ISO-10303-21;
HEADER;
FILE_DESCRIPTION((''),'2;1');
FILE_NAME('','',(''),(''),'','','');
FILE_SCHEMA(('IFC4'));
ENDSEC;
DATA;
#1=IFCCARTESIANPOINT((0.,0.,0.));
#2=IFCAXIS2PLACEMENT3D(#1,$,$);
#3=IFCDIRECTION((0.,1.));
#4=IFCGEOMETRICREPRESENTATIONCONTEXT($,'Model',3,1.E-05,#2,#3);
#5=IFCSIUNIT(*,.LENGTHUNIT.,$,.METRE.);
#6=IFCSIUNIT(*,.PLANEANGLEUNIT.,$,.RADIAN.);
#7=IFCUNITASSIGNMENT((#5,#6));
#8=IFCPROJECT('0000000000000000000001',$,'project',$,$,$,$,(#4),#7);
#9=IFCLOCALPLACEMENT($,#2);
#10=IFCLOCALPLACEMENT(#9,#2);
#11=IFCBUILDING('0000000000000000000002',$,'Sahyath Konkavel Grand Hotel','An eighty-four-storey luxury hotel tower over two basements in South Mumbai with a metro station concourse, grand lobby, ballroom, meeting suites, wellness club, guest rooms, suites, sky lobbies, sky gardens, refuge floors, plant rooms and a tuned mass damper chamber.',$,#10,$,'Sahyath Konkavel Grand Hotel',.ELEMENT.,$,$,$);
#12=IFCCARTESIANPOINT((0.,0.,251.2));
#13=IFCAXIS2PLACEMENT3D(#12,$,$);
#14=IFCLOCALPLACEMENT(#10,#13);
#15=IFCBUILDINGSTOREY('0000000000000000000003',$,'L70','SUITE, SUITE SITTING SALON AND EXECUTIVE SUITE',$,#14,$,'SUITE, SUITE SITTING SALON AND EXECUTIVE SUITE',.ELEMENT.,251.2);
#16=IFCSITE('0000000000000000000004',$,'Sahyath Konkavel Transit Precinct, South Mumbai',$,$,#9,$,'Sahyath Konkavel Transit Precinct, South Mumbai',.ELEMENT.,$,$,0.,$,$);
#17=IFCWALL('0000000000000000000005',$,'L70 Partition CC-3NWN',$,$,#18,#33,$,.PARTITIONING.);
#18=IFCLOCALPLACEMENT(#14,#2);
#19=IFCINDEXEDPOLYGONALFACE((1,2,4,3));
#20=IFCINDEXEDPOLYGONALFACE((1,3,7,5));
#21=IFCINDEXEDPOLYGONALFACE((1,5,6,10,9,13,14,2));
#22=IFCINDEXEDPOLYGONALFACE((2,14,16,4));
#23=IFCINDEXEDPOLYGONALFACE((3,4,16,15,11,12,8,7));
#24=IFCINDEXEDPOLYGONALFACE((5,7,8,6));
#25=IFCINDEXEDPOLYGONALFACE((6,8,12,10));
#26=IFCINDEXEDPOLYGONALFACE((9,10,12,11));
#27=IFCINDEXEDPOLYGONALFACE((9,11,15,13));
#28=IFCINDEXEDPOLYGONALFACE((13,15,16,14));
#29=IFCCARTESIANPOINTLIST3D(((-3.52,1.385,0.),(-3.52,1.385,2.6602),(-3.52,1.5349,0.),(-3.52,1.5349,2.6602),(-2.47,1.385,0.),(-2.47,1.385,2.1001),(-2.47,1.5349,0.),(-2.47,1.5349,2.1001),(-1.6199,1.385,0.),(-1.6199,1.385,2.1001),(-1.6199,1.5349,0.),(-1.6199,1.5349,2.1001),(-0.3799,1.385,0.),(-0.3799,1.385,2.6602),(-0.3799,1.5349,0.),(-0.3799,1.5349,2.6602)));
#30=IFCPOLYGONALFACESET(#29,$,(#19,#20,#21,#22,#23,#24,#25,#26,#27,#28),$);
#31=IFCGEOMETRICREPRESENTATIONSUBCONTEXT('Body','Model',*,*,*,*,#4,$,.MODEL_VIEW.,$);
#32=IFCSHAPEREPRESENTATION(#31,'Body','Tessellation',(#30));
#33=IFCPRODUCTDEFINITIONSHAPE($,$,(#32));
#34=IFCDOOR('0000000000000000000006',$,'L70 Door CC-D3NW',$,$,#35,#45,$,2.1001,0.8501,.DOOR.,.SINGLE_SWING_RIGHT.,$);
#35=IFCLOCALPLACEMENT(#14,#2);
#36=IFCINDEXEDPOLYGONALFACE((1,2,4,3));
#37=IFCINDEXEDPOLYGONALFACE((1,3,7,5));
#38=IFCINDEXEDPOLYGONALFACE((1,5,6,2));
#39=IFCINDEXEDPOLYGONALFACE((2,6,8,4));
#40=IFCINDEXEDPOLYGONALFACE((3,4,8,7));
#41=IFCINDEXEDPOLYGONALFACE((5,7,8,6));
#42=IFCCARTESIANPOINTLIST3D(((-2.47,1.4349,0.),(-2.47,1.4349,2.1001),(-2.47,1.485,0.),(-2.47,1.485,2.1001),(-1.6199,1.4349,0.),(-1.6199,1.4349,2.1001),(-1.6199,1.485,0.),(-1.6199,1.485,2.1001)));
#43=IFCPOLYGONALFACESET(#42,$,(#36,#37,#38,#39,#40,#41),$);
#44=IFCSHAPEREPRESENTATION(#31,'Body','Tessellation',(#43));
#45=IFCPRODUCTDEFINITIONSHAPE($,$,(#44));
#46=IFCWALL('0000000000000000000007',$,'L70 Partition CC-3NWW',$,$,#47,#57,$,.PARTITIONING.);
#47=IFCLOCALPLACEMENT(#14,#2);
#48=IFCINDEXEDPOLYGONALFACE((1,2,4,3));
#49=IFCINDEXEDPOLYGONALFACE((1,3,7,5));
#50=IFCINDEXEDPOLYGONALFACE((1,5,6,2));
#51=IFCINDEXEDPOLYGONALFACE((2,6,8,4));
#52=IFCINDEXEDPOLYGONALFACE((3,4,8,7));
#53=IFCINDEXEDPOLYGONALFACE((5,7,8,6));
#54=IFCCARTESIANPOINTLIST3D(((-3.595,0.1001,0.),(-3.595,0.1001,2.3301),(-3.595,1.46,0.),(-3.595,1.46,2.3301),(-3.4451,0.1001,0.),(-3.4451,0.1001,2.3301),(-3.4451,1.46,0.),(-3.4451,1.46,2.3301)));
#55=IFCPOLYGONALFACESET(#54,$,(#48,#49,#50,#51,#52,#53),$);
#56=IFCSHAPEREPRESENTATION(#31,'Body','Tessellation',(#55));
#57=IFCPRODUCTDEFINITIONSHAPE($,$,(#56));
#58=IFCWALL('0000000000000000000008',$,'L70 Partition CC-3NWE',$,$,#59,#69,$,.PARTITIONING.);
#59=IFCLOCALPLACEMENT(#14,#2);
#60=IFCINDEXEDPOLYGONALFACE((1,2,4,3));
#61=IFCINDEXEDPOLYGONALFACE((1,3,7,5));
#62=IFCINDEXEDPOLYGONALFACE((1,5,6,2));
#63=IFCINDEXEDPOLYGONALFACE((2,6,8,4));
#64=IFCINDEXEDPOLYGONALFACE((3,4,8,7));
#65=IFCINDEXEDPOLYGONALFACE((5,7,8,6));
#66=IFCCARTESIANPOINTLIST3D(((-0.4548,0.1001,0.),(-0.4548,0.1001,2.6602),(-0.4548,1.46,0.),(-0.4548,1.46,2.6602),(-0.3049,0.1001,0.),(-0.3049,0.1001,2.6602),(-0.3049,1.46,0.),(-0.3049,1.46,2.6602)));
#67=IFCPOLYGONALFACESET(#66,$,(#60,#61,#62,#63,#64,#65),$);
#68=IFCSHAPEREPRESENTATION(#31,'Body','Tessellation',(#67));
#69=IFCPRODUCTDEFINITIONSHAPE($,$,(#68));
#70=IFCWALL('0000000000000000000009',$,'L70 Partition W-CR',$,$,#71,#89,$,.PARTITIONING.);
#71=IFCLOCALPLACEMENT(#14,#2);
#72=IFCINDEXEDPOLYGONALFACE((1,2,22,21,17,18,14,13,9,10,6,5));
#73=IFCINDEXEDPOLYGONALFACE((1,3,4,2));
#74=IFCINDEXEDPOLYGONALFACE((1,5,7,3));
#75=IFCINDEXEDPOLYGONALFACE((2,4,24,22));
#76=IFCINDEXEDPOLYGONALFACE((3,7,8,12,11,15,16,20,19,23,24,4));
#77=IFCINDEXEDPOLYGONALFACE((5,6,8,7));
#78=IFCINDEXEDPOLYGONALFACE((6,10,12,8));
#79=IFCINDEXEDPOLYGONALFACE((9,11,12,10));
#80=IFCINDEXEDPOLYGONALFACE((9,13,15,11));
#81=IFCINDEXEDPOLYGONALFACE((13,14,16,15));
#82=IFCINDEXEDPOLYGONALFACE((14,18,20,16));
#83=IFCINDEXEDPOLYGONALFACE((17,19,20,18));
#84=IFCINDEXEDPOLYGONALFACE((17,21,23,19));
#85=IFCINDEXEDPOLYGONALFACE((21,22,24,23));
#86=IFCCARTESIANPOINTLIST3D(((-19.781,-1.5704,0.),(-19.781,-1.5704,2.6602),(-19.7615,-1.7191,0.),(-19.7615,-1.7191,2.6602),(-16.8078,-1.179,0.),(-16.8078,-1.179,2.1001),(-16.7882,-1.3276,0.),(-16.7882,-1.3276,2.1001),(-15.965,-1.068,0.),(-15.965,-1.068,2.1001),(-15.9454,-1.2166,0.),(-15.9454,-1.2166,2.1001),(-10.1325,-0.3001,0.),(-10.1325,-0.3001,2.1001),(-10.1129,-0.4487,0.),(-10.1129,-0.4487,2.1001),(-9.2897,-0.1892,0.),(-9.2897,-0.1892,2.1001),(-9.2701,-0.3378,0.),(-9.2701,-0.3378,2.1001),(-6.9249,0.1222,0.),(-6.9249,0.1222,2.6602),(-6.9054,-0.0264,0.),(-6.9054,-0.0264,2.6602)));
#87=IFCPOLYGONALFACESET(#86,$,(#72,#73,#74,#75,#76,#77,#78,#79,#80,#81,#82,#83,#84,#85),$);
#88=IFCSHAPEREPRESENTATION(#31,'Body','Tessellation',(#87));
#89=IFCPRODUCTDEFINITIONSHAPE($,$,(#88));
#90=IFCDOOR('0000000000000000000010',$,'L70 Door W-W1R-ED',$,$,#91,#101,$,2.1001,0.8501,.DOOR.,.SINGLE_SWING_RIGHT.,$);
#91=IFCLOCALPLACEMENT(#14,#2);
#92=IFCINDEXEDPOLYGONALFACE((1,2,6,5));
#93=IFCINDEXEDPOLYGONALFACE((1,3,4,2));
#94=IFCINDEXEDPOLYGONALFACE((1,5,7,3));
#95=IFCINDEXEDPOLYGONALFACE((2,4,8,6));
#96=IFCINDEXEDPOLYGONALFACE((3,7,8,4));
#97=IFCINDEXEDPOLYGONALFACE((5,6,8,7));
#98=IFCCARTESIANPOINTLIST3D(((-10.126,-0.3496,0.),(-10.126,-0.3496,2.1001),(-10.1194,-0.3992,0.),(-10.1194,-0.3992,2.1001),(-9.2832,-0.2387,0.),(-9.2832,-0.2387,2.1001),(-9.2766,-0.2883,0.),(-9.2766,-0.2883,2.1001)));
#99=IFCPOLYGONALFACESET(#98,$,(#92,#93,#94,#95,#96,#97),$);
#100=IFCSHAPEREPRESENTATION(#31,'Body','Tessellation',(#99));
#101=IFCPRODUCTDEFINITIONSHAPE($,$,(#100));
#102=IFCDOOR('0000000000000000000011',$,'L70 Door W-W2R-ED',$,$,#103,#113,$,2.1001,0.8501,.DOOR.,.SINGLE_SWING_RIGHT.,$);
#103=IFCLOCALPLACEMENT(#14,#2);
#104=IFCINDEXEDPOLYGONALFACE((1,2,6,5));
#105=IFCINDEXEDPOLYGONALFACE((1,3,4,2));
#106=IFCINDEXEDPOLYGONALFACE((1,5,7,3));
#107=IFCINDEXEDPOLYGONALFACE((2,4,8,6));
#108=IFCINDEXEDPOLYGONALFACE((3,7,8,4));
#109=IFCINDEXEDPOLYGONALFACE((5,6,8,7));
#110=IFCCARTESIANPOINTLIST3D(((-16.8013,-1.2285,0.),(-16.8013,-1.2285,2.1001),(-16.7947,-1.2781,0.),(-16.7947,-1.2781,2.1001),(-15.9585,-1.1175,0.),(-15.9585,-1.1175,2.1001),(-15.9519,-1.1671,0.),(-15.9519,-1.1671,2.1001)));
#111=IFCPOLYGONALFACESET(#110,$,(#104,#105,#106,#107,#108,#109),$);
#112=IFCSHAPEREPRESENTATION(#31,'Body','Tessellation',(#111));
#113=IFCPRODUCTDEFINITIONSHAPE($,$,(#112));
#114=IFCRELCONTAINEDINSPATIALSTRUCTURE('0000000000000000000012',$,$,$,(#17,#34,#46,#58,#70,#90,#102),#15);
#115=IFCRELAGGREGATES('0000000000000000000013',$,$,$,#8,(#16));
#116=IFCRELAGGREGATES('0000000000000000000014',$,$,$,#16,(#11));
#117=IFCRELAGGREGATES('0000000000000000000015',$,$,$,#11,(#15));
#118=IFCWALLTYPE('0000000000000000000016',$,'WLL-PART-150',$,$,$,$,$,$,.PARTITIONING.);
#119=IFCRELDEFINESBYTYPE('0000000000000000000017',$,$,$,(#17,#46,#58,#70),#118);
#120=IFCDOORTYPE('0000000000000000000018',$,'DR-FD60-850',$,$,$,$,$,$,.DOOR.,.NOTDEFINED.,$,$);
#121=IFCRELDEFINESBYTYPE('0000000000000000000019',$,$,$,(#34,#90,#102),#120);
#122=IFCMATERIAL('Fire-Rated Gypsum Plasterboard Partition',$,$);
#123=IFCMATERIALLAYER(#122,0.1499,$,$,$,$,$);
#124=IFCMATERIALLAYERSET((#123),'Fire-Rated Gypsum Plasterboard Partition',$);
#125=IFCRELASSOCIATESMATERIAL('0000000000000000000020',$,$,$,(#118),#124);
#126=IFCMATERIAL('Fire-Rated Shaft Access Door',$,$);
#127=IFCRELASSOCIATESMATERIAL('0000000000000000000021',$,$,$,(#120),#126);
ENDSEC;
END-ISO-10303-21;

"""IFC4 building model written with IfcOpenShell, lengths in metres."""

from ifc_helpers import new_model, si_unit, direction, frame, frame_2d, origin, origin_2d, place, context, subcontext, project, spatial, rectangle, extrude, source, transform, mapped, material, layer, layer_set, type_object, element, fill, save


model = new_model("IFC4")

# Units and contexts
model_context = context("Model", 3, precision=1e-05, world=origin(), true_north=direction((0.0, 1.0)))
body_context = subcontext(model_context, "Body", "Model", "MODEL_VIEW")
ifc_project = project(units=[si_unit("LENGTHUNIT", "METRE"), si_unit("PLANEANGLEUNIT", "RADIAN")], contexts=[model_context])

# Site, building, storey
site_placement = place(None, origin())
site = spatial("IfcSite", under=ifc_project, at=site_placement, Name="Sahyath Konkavel Transit Precinct, South Mumbai", LongName="Sahyath Konkavel Transit Precinct, South Mumbai", CompositionType="ELEMENT", RefElevation=0.0)
building_placement = place(site_placement, origin())
building = spatial("IfcBuilding", under=site, at=building_placement, Name="Sahyath Konkavel Grand Hotel", Description="An eighty-four-storey luxury hotel tower over two basements in South Mumbai with a metro station concourse, grand lobby, ballroom, meeting suites, wellness club, guest rooms, suites, sky lobbies, sky gardens, refuge floors, plant rooms and a tuned mass damper chamber.", LongName="Sahyath Konkavel Grand Hotel", CompositionType="ELEMENT")
storey_placement = place(building_placement, frame((0.0, 0.0, 251.2)))
storey = spatial("IfcBuildingStorey", under=building, at=storey_placement, Name="L70", Description="SUITE, SUITE SITTING SALON AND EXECUTIVE SUITE", LongName="SUITE, SUITE SITTING SALON AND EXECUTIVE SUITE", CompositionType="ELEMENT", Elevation=251.2)

# Shared definitions
ifc_material_1 = material(Name="Fire-Rated Gypsum Plasterboard Partition")
ifc_layer_1 = layer(ifc_material_1, 0.1499)
ifc_layer_set_1 = layer_set([ifc_layer_1], Name="Fire-Rated Gypsum Plasterboard Partition")
wall_type_1 = type_object("IfcWallType", Name="WLL-PART-150", PredefinedType="PARTITIONING", material=ifc_layer_set_1)

# Wall, opening, door
wall_1_placement = place(storey_placement, frame((-3.52, 1.46, 0.0), z_axis=(0.0, 0.0, 1.0), x_axis=(1.0, 0.0, 0.0)))
wall_1 = element("IfcWall", 1, at=wall_1_placement, inside=storey, type_object=wall_type_1, Name="L70 Partition CC-3NWN", PredefinedType="PARTITIONING", context=body_context, shape_type="SweptSolid", body=[
    extrude(rectangle(XDim=3.1401, YDim=0.1499, at=frame_2d((1.5701, 0.0))), origin(), (0.0, 0.0, 1.0), 2.6602),
])
opening_1_placement = place(wall_1_placement, frame((1.05, 0.0, 0.0)))
opening_1 = element("IfcOpeningElement", 2, at=opening_1_placement, cuts=wall_1, PredefinedType="OPENING", context=body_context, shape_type="SweptSolid", body=[
    extrude(rectangle(XDim=0.8501, YDim=2.1001, at=frame_2d((0.425, 1.05))), frame((0.0, 0.085, 0.0), z_axis=(0.0, -1.0, 0.0), x_axis=(1.0, 0.0, 0.0)), (0.0, 0.0, 1.0), 0.1699),
])
ifc_material_2 = material(Name="Fire-Rated Shaft Access Door")
door_type = type_object("IfcDoorType", Name="DR-FD60-850", OperationType="NOTDEFINED", PredefinedType="DOOR", material=ifc_material_2)
shared_shape_1 = source(origin(), body_context, "Body", "SweptSolid", [
    extrude(rectangle(XDim=0.8501, YDim=0.05, at=origin_2d()), origin(), (0.0, 0.0, 1.0), 2.1001),
])
door_1_placement = place(opening_1_placement, frame((0.425, 0.0, 0.0)))
door_1 = element("IfcDoor", 3, at=door_1_placement, inside=storey, type_object=door_type, Name="L70 Door CC-D3NW", OperationType="SINGLE_SWING_RIGHT", OverallHeight=2.1001, OverallWidth=0.8501, PredefinedType="DOOR", context=body_context, shape_type="MappedRepresentation", body=[
    mapped(shared_shape_1, transform((0.0, 0.0, 0.0), scale=1.0)),
])
fill(opening_1, door_1)

# Walls
wall_2_placement = place(storey_placement, frame((-3.52, 0.1001, 0.0), z_axis=(0.0, 0.0, 1.0), x_axis=(0.0, 1.0, 0.0)))
element("IfcWall", 4, at=wall_2_placement, inside=storey, type_object=wall_type_1, Name="L70 Partition CC-3NWW", PredefinedType="PARTITIONING", context=body_context, shape_type="SweptSolid", body=[
    extrude(rectangle(XDim=1.3599, YDim=0.1499, at=frame_2d((0.6799, 0.0))), origin(), (0.0, 0.0, 1.0), 2.3301),
])
wall_3_placement = place(storey_placement, frame((-0.3799, 0.1001, 0.0), z_axis=(0.0, 0.0, 1.0), x_axis=(0.0, 1.0, 0.0)))
element("IfcWall", 5, at=wall_3_placement, inside=storey, type_object=wall_type_1, Name="L70 Partition CC-3NWE", PredefinedType="PARTITIONING", context=body_context, shape_type="SweptSolid", body=[
    extrude(rectangle(XDim=1.3599, YDim=0.1499, at=frame_2d((0.6799, 0.0))), origin(), (0.0, 0.0, 1.0), 2.6602),
])

# Wall, openings, doors
wall_4_placement = place(storey_placement, frame((-6.9153, 0.0479, 0.0), z_axis=(0.0, 0.0, 1.0), x_axis=(-0.991444, -0.130532, 0.0)))
wall_4 = element("IfcWall", 6, at=wall_4_placement, inside=storey, type_object=wall_type_1, Name="L70 Partition W-CR", PredefinedType="PARTITIONING", context=body_context, shape_type="SweptSolid", body=[
    extrude(rectangle(XDim=12.967, YDim=0.1499, at=frame_2d((6.4834, 0.0))), origin(), (0.0, 0.0, 1.0), 2.6602),
])
opening_2_placement = place(wall_4_placement, frame((2.385, 0.0, 0.0)))
opening_2 = element("IfcOpeningElement", 7, at=opening_2_placement, cuts=wall_4, PredefinedType="OPENING", context=body_context, shape_type="SweptSolid", body=[
    extrude(rectangle(XDim=0.8501, YDim=2.1001, at=frame_2d((0.425, 1.05))), frame((0.0, 0.085, 0.0), z_axis=(0.0, -1.0, 0.0), x_axis=(1.0, 0.0, 0.0)), (0.0, 0.0, 1.0), 0.1699),
])
opening_3_placement = place(wall_4_placement, frame((9.1179, 0.0, 0.0)))
opening_3 = element("IfcOpeningElement", 8, at=opening_3_placement, cuts=wall_4, PredefinedType="OPENING", context=body_context, shape_type="SweptSolid", body=[
    extrude(rectangle(XDim=0.8501, YDim=2.1001, at=frame_2d((0.425, 1.05))), frame((0.0, 0.085, 0.0), z_axis=(0.0, -1.0, 0.0), x_axis=(1.0, 0.0, 0.0)), (0.0, 0.0, 1.0), 0.1699),
])
door_2_placement = place(opening_2_placement, frame((0.425, 0.0, 0.0)))
door_2 = element("IfcDoor", 9, at=door_2_placement, inside=storey, type_object=door_type, Name="L70 Door W-W1R-ED", OperationType="SINGLE_SWING_RIGHT", OverallHeight=2.1001, OverallWidth=0.8501, PredefinedType="DOOR", context=body_context, shape_type="MappedRepresentation", body=[
    mapped(shared_shape_1, transform((0.0, 0.0, 0.0), scale=1.0)),
])
fill(opening_2, door_2)
door_3_placement = place(opening_3_placement, frame((0.425, 0.0, 0.0)))
door_3 = element("IfcDoor", 10, at=door_3_placement, inside=storey, type_object=door_type, Name="L70 Door W-W2R-ED", OperationType="SINGLE_SWING_RIGHT", OverallHeight=2.1001, OverallWidth=0.8501, PredefinedType="DOOR", context=body_context, shape_type="MappedRepresentation", body=[
    mapped(shared_shape_1, transform((0.0, 0.0, 0.0), scale=1.0)),
])
fill(opening_3, door_3)

save(model, "model.ifc")
